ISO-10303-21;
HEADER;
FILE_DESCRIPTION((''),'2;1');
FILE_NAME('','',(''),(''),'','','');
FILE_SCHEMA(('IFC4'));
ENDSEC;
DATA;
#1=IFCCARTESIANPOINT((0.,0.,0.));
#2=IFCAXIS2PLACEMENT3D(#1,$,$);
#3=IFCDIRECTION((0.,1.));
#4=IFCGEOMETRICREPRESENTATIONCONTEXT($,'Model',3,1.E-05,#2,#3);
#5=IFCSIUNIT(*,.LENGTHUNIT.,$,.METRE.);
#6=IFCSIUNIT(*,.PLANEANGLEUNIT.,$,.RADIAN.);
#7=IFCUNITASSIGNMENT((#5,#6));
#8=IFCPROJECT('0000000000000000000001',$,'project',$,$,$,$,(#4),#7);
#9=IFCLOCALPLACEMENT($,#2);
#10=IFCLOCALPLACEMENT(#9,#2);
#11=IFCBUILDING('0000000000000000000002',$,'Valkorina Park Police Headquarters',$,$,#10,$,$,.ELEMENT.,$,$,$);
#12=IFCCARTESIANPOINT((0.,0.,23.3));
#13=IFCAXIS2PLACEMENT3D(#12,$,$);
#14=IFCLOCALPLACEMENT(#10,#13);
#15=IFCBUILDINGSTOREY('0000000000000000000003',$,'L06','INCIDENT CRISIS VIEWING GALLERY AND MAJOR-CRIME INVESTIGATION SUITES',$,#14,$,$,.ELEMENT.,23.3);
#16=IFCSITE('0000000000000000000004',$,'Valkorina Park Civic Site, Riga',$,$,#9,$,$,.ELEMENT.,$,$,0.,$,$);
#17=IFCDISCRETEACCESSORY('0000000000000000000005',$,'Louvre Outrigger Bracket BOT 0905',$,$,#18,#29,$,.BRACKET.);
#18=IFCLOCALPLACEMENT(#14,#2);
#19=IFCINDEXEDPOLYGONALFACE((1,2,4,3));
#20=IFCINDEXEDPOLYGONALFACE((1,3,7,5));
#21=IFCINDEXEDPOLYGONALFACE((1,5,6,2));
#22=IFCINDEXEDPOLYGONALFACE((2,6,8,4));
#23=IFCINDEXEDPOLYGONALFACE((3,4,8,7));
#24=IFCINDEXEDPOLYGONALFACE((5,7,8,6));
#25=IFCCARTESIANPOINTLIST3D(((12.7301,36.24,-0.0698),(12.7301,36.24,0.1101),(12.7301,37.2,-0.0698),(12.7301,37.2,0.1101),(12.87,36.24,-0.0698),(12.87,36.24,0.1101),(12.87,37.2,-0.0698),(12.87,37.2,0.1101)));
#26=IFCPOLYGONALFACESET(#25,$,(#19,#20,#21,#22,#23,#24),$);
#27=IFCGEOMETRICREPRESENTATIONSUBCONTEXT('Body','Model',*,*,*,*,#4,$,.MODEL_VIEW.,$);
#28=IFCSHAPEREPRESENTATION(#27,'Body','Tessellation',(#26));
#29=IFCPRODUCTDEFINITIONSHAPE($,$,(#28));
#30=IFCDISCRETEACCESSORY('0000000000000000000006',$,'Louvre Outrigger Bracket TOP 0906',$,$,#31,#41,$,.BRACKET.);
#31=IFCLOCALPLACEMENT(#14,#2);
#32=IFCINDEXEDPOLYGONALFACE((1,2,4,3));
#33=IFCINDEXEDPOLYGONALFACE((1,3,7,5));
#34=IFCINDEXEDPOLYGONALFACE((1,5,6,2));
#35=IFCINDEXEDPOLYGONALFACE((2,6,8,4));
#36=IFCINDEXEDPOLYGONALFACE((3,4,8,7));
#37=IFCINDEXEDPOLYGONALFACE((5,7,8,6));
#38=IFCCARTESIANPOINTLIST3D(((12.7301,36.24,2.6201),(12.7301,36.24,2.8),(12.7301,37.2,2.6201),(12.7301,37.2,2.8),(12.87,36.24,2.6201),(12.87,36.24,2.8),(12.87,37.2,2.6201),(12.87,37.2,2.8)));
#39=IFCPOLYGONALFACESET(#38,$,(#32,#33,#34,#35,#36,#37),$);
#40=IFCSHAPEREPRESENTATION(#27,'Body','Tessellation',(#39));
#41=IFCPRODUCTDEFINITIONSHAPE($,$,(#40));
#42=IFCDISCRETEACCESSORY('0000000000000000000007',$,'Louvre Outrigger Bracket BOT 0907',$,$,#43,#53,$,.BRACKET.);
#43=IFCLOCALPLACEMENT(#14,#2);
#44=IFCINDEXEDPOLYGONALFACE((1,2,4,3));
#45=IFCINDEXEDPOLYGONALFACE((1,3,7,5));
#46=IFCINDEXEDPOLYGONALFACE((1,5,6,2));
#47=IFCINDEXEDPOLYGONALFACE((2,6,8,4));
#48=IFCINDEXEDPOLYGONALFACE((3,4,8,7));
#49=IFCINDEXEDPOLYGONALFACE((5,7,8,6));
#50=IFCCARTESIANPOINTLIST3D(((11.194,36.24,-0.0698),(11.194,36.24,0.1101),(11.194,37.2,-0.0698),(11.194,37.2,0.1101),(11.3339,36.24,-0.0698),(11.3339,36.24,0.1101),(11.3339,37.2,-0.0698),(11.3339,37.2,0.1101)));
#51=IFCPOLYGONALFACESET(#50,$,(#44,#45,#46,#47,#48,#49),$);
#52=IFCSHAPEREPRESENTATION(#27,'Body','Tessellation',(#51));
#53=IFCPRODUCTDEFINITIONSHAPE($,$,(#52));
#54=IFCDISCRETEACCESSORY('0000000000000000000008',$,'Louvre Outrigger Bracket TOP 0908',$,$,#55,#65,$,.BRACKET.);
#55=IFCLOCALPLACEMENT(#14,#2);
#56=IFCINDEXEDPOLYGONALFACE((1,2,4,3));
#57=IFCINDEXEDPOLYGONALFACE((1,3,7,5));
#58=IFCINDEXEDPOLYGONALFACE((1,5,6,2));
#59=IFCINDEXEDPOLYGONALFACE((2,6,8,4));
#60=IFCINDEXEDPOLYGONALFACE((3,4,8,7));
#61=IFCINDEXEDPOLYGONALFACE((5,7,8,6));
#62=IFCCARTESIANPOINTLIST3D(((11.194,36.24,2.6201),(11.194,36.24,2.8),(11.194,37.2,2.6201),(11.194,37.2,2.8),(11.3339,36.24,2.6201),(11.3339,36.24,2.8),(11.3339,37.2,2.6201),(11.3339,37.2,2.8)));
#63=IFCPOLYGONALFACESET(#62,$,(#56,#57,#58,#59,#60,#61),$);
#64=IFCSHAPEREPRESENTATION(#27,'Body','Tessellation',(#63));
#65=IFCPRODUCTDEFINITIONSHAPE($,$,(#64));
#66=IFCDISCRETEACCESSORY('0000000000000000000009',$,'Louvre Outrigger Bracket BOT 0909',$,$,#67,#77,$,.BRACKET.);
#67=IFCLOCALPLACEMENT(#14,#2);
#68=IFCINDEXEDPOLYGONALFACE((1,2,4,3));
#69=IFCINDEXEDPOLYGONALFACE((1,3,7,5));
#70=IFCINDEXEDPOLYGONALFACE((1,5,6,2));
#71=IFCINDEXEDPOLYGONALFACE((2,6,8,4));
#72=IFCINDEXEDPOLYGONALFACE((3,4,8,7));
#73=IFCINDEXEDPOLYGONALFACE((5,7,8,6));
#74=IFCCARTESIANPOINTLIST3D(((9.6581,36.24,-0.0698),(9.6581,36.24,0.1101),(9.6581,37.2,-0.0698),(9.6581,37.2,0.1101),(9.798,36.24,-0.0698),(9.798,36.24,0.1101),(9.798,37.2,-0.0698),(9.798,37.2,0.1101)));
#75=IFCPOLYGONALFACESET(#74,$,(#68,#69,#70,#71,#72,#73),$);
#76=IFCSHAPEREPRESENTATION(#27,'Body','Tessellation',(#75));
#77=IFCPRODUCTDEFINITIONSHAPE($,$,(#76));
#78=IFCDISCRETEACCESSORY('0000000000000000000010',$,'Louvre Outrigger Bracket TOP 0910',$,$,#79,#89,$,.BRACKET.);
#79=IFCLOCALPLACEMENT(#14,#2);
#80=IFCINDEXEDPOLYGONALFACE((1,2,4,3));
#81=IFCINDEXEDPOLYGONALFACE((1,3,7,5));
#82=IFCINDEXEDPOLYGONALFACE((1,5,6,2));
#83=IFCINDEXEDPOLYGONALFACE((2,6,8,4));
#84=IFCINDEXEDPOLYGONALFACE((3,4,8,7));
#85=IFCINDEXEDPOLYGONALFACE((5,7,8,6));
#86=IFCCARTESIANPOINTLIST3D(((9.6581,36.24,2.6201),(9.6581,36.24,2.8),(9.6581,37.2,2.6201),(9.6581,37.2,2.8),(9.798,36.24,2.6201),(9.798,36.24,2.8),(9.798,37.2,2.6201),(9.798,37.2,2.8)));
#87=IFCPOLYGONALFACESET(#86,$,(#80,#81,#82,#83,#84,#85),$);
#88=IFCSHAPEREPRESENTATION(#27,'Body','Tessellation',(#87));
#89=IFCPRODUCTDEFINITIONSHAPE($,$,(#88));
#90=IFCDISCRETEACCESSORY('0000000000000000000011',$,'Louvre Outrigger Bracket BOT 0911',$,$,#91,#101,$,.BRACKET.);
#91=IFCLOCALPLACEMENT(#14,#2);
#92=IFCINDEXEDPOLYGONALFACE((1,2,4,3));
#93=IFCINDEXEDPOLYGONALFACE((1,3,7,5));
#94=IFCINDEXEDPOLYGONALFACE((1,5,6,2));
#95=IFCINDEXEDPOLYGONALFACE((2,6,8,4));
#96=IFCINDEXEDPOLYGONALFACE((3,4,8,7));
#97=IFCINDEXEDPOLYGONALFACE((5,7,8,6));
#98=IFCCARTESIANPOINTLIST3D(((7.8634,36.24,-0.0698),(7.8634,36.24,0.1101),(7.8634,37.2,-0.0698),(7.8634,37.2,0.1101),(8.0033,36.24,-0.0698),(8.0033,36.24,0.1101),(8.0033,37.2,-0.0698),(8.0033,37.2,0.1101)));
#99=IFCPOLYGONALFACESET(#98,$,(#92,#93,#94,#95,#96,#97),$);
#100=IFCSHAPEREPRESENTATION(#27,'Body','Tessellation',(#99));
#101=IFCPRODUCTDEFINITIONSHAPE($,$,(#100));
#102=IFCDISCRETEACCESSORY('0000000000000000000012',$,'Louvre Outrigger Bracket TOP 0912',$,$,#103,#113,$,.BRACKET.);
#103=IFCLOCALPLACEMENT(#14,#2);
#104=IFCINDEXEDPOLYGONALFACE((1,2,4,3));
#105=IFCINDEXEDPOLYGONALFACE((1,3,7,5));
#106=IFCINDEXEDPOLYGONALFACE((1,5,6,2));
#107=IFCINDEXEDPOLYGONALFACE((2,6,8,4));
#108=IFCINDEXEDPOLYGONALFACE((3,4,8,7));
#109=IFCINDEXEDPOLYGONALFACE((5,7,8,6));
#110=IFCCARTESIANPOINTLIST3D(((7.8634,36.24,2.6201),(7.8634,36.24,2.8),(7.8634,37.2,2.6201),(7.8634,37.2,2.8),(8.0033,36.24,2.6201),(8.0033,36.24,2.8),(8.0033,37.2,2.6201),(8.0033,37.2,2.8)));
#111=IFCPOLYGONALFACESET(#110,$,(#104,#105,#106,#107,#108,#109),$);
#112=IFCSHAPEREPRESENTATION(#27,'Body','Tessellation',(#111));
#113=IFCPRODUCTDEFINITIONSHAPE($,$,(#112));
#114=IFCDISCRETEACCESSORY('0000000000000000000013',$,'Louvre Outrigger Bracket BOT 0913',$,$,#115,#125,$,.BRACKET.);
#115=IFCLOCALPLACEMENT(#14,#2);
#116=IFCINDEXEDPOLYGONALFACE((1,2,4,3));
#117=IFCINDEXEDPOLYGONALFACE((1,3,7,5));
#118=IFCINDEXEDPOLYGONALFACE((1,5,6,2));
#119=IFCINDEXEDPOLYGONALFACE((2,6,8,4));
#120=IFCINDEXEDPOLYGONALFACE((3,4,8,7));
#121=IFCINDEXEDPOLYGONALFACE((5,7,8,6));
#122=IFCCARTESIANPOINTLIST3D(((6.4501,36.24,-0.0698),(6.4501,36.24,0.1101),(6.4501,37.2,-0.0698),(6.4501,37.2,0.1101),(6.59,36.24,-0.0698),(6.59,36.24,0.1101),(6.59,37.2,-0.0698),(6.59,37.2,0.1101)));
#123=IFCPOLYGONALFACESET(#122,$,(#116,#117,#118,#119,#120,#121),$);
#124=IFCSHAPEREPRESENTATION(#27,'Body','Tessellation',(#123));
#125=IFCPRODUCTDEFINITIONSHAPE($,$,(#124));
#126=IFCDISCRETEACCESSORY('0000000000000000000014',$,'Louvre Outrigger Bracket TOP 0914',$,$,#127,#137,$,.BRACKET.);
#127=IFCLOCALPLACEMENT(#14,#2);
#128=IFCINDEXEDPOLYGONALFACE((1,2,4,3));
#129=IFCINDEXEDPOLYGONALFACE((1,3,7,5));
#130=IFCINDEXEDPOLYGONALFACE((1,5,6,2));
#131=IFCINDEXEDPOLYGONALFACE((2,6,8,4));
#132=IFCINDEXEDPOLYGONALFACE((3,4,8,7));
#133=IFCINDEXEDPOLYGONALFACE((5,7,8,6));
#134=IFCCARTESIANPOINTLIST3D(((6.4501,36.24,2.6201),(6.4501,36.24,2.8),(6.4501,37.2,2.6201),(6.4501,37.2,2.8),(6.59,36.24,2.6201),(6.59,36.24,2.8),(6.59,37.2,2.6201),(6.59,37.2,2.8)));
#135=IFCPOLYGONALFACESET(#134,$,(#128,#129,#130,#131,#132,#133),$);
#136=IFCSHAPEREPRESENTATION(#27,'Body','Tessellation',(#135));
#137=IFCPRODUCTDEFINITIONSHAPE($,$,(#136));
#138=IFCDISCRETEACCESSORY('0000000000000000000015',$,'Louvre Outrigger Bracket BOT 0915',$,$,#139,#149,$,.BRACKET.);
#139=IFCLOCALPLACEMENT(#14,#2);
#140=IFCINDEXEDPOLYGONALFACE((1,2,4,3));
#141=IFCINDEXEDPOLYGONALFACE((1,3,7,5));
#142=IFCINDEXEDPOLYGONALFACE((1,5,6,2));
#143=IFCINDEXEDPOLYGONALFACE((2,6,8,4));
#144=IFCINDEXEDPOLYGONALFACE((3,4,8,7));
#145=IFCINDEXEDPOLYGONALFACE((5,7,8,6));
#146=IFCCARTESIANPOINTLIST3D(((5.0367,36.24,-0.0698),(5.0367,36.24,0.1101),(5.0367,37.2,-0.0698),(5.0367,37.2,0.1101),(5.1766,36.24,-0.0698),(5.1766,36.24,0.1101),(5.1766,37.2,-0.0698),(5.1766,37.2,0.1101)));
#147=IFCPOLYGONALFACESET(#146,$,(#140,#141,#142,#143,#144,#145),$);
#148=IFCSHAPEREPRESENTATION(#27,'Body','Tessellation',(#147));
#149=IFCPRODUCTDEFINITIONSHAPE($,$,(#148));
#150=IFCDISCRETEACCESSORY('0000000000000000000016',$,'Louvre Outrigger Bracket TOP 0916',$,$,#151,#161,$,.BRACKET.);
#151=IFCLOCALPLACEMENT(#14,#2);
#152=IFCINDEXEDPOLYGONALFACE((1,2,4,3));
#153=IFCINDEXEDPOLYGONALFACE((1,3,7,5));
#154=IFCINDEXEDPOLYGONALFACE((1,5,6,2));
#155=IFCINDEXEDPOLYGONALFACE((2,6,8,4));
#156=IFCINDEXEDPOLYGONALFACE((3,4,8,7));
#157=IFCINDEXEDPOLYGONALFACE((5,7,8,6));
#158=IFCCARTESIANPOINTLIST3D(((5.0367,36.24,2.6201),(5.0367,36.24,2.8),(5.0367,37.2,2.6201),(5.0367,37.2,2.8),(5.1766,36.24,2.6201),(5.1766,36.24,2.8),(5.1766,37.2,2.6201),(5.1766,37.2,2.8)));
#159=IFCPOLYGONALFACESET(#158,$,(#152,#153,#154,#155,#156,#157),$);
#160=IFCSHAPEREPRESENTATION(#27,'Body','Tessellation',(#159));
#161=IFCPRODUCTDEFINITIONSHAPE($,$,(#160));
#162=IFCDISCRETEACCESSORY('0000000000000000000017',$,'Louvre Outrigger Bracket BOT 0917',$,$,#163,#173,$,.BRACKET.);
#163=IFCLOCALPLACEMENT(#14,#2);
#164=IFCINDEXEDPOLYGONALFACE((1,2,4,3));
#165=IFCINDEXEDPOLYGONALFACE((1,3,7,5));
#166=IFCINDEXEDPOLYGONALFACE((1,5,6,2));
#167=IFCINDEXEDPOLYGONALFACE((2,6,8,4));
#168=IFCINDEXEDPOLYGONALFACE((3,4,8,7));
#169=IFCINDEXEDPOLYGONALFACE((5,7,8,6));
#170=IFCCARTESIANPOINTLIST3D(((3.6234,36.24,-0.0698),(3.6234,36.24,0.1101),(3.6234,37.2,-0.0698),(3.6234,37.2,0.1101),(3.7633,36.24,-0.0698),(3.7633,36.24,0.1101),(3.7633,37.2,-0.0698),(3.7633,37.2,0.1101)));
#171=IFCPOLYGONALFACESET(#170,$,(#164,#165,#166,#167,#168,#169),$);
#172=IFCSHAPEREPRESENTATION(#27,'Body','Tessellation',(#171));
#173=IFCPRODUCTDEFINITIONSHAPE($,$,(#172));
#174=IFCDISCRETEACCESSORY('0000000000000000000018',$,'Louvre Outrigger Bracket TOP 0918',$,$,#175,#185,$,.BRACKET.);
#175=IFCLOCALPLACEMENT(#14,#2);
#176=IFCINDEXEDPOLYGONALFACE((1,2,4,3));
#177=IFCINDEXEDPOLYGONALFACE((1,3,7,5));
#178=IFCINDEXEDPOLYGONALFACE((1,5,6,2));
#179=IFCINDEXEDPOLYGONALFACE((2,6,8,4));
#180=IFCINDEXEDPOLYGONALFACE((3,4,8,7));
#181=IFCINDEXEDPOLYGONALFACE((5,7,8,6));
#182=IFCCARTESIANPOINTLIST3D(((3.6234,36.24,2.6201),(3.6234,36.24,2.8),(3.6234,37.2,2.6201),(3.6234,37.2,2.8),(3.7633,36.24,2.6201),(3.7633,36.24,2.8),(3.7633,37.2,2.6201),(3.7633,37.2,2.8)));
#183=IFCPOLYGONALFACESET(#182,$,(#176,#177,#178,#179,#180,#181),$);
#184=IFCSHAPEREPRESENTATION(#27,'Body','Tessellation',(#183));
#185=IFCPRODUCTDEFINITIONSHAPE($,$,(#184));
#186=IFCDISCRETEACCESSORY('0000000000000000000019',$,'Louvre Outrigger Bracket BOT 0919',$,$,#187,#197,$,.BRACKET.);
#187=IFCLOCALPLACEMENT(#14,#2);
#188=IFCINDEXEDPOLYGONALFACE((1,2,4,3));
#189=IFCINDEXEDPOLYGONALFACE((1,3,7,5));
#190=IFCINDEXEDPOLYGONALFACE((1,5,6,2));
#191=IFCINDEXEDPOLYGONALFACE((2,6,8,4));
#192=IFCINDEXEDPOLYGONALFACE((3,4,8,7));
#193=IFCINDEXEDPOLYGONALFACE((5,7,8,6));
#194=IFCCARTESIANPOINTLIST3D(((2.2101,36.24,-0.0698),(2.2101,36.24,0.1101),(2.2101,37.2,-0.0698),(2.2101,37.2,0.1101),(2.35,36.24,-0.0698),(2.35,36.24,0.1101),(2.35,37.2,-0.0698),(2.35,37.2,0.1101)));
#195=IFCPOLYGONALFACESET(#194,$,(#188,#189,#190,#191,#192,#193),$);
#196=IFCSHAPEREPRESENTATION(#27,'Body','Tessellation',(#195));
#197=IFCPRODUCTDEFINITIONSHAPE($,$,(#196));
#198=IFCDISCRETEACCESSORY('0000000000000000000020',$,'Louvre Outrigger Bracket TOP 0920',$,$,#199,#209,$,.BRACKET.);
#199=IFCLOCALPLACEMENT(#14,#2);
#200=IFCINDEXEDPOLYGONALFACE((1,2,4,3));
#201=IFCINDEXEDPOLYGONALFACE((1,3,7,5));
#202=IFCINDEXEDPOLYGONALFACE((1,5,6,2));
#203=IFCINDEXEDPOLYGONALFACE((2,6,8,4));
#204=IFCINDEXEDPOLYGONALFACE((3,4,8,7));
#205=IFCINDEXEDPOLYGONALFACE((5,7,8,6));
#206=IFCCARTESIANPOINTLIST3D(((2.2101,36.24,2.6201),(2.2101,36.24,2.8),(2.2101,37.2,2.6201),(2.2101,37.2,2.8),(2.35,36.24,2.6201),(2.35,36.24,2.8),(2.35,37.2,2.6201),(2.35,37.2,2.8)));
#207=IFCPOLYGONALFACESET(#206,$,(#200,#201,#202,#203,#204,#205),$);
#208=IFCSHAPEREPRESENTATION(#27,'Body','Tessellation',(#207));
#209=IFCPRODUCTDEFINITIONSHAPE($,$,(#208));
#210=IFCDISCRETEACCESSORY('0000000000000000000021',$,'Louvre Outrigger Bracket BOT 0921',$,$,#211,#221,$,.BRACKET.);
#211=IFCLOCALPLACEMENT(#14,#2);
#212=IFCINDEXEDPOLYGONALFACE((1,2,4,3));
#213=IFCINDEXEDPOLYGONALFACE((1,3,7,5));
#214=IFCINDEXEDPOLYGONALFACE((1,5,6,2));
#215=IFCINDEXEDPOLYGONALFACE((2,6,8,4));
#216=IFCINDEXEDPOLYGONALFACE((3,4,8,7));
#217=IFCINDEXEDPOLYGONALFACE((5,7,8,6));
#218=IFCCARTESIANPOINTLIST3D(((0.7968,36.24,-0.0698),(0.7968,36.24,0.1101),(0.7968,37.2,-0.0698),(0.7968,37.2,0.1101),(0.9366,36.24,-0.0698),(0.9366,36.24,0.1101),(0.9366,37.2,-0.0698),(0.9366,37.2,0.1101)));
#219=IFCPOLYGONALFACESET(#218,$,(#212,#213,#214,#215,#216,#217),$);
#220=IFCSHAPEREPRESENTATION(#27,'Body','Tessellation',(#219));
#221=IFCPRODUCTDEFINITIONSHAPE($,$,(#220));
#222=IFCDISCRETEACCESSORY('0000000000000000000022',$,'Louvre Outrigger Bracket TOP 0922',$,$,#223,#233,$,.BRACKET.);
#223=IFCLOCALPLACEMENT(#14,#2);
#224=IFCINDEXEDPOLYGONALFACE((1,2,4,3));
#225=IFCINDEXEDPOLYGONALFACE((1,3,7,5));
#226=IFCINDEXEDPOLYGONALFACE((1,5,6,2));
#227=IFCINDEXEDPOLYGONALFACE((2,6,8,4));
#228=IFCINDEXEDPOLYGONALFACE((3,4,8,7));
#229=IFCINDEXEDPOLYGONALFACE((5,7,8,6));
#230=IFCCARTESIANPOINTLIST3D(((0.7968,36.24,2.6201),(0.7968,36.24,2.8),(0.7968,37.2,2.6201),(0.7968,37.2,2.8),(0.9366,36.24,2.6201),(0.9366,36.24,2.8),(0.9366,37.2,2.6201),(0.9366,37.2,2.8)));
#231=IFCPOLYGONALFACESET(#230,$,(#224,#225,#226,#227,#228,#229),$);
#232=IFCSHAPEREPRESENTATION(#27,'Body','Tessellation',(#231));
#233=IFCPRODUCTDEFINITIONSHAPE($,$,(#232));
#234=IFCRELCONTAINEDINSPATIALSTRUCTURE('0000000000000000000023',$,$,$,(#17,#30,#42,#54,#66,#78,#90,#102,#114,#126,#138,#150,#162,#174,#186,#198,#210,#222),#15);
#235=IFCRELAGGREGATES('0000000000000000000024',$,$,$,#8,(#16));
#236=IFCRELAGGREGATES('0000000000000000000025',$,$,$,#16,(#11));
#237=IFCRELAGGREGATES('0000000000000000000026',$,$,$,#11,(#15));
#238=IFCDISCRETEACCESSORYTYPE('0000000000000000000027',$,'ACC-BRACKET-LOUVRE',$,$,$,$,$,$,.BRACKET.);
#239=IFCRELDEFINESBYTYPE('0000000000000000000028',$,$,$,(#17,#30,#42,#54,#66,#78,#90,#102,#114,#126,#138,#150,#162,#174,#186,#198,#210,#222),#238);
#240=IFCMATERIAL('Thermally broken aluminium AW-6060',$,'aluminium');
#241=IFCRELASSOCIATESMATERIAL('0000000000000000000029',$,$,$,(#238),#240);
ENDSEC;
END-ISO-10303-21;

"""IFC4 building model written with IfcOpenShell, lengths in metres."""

from ifc_helpers import new_model, si_unit, direction, frame, origin, origin_2d, place, context, subcontext, project, spatial, rectangle, extrude, material, type_object, element, save


model = new_model("IFC4")

# Units and contexts
model_context = context("Model", 3, precision=1e-05, world=origin(), true_north=direction((0.0, 1.0)))
body_context = subcontext(model_context, "Body", "Model", "MODEL_VIEW")
ifc_project = project(units=[si_unit("LENGTHUNIT", "METRE"), si_unit("PLANEANGLEUNIT", "RADIAN")], contexts=[model_context])

# Site, building, storey
site_placement = place(None, origin())
site = spatial("IfcSite", under=ifc_project, at=site_placement, Name="Valkorina Park Civic Site, Riga", CompositionType="ELEMENT", RefElevation=0.0)
building_placement = place(site_placement, origin())
building = spatial("IfcBuilding", under=site, at=building_placement, Name="Valkorina Park Police Headquarters", CompositionType="ELEMENT")
storey_placement = place(building_placement, frame((0.0, 0.0, 23.3)))
storey = spatial("IfcBuildingStorey", under=building, at=storey_placement, Name="L06", Description="INCIDENT CRISIS VIEWING GALLERY AND MAJOR-CRIME INVESTIGATION SUITES", CompositionType="ELEMENT", Elevation=23.3)

# Discrete accessories
ifc_material_1 = material(Name="Thermally broken aluminium AW-6060", Category="aluminium")
discrete_accessory_type = type_object("IfcDiscreteAccessoryType", Name="ACC-BRACKET-LOUVRE", PredefinedType="BRACKET", material=ifc_material_1)
for number, where, z_axis, x_axis, name in (
    (1, (12.8, 36.72, -0.0698), (0.0, 0.0, 1.0), (0.0, -1.0, 0.0), "Louvre Outrigger Bracket BOT 0905"),
    (2, (12.8, 36.72, 2.6201), (0.0, 0.0, 1.0), (0.0, -1.0, 0.0), "Louvre Outrigger Bracket TOP 0906"),
    (3, (11.2639, 36.72, -0.0698), (0.0, 0.0, 1.0), (0.0, -1.0, 0.0), "Louvre Outrigger Bracket BOT 0907"),
    (4, (11.2639, 36.72, 2.6201), (0.0, 0.0, 1.0), (0.0, -1.0, 0.0), "Louvre Outrigger Bracket TOP 0908"),
    (5, (9.728, 36.72, -0.0698), (0.0, 0.0, 1.0), (0.0, -1.0, 0.0), "Louvre Outrigger Bracket BOT 0909"),
    (6, (9.728, 36.72, 2.6201), (0.0, 0.0, 1.0), (0.0, -1.0, 0.0), "Louvre Outrigger Bracket TOP 0910"),
    (7, (7.9333, 36.72, -0.0698), (0.0, 0.0, 1.0), (0.0, -1.0, 0.0), "Louvre Outrigger Bracket BOT 0911"),
    (8, (7.9333, 36.72, 2.6201), (0.0, 0.0, 1.0), (0.0, -1.0, 0.0), "Louvre Outrigger Bracket TOP 0912"),
    (9, (6.52, 36.72, -0.0698), (0.0, 0.0, 1.0), (0.0, -1.0, 0.0), "Louvre Outrigger Bracket BOT 0913"),
    (10, (6.52, 36.72, 2.6201), (0.0, 0.0, 1.0), (0.0, -1.0, 0.0), "Louvre Outrigger Bracket TOP 0914"),
    (11, (5.1067, 36.72, -0.0698), (0.0, 0.0, 1.0), (0.0, -1.0, 0.0), "Louvre Outrigger Bracket BOT 0915"),
    (12, (5.1067, 36.72, 2.6201), (0.0, 0.0, 1.0), (0.0, -1.0, 0.0), "Louvre Outrigger Bracket TOP 0916"),
    (13, (3.6934, 36.72, -0.0698), (0.0, 0.0, 1.0), (0.0, -1.0, 0.0), "Louvre Outrigger Bracket BOT 0917"),
    (14, (3.6934, 36.72, 2.6201), (0.0, 0.0, 1.0), (0.0, -1.0, 0.0), "Louvre Outrigger Bracket TOP 0918"),
    (15, (2.28, 36.72, -0.0698), (0.0, 0.0, 1.0), (0.0, -1.0, 0.0), "Louvre Outrigger Bracket BOT 0919"),
    (16, (2.28, 36.72, 2.6201), (0.0, 0.0, 1.0), (0.0, -1.0, 0.0), "Louvre Outrigger Bracket TOP 0920"),
    (17, (0.8667, 36.72, -0.0698), (0.0, 0.0, 1.0), (0.0, -1.0, 0.0), "Louvre Outrigger Bracket BOT 0921"),
    (18, (0.8667, 36.72, 2.6201), (0.0, 0.0, 1.0), (0.0, -1.0, 0.0), "Louvre Outrigger Bracket TOP 0922"),
):
    element("IfcDiscreteAccessory", number, at=place(storey_placement, frame(where, z_axis=z_axis, x_axis=x_axis)), inside=storey, type_object=discrete_accessory_type, Name=name, PredefinedType="BRACKET", context=body_context, shape_type="SweptSolid", body=[
        extrude(rectangle(XDim=0.96, YDim=0.1399, at=origin_2d()), origin(), (0.0, 0.0, 1.0), 0.1799),
    ])

save(model, "model.ifc")
